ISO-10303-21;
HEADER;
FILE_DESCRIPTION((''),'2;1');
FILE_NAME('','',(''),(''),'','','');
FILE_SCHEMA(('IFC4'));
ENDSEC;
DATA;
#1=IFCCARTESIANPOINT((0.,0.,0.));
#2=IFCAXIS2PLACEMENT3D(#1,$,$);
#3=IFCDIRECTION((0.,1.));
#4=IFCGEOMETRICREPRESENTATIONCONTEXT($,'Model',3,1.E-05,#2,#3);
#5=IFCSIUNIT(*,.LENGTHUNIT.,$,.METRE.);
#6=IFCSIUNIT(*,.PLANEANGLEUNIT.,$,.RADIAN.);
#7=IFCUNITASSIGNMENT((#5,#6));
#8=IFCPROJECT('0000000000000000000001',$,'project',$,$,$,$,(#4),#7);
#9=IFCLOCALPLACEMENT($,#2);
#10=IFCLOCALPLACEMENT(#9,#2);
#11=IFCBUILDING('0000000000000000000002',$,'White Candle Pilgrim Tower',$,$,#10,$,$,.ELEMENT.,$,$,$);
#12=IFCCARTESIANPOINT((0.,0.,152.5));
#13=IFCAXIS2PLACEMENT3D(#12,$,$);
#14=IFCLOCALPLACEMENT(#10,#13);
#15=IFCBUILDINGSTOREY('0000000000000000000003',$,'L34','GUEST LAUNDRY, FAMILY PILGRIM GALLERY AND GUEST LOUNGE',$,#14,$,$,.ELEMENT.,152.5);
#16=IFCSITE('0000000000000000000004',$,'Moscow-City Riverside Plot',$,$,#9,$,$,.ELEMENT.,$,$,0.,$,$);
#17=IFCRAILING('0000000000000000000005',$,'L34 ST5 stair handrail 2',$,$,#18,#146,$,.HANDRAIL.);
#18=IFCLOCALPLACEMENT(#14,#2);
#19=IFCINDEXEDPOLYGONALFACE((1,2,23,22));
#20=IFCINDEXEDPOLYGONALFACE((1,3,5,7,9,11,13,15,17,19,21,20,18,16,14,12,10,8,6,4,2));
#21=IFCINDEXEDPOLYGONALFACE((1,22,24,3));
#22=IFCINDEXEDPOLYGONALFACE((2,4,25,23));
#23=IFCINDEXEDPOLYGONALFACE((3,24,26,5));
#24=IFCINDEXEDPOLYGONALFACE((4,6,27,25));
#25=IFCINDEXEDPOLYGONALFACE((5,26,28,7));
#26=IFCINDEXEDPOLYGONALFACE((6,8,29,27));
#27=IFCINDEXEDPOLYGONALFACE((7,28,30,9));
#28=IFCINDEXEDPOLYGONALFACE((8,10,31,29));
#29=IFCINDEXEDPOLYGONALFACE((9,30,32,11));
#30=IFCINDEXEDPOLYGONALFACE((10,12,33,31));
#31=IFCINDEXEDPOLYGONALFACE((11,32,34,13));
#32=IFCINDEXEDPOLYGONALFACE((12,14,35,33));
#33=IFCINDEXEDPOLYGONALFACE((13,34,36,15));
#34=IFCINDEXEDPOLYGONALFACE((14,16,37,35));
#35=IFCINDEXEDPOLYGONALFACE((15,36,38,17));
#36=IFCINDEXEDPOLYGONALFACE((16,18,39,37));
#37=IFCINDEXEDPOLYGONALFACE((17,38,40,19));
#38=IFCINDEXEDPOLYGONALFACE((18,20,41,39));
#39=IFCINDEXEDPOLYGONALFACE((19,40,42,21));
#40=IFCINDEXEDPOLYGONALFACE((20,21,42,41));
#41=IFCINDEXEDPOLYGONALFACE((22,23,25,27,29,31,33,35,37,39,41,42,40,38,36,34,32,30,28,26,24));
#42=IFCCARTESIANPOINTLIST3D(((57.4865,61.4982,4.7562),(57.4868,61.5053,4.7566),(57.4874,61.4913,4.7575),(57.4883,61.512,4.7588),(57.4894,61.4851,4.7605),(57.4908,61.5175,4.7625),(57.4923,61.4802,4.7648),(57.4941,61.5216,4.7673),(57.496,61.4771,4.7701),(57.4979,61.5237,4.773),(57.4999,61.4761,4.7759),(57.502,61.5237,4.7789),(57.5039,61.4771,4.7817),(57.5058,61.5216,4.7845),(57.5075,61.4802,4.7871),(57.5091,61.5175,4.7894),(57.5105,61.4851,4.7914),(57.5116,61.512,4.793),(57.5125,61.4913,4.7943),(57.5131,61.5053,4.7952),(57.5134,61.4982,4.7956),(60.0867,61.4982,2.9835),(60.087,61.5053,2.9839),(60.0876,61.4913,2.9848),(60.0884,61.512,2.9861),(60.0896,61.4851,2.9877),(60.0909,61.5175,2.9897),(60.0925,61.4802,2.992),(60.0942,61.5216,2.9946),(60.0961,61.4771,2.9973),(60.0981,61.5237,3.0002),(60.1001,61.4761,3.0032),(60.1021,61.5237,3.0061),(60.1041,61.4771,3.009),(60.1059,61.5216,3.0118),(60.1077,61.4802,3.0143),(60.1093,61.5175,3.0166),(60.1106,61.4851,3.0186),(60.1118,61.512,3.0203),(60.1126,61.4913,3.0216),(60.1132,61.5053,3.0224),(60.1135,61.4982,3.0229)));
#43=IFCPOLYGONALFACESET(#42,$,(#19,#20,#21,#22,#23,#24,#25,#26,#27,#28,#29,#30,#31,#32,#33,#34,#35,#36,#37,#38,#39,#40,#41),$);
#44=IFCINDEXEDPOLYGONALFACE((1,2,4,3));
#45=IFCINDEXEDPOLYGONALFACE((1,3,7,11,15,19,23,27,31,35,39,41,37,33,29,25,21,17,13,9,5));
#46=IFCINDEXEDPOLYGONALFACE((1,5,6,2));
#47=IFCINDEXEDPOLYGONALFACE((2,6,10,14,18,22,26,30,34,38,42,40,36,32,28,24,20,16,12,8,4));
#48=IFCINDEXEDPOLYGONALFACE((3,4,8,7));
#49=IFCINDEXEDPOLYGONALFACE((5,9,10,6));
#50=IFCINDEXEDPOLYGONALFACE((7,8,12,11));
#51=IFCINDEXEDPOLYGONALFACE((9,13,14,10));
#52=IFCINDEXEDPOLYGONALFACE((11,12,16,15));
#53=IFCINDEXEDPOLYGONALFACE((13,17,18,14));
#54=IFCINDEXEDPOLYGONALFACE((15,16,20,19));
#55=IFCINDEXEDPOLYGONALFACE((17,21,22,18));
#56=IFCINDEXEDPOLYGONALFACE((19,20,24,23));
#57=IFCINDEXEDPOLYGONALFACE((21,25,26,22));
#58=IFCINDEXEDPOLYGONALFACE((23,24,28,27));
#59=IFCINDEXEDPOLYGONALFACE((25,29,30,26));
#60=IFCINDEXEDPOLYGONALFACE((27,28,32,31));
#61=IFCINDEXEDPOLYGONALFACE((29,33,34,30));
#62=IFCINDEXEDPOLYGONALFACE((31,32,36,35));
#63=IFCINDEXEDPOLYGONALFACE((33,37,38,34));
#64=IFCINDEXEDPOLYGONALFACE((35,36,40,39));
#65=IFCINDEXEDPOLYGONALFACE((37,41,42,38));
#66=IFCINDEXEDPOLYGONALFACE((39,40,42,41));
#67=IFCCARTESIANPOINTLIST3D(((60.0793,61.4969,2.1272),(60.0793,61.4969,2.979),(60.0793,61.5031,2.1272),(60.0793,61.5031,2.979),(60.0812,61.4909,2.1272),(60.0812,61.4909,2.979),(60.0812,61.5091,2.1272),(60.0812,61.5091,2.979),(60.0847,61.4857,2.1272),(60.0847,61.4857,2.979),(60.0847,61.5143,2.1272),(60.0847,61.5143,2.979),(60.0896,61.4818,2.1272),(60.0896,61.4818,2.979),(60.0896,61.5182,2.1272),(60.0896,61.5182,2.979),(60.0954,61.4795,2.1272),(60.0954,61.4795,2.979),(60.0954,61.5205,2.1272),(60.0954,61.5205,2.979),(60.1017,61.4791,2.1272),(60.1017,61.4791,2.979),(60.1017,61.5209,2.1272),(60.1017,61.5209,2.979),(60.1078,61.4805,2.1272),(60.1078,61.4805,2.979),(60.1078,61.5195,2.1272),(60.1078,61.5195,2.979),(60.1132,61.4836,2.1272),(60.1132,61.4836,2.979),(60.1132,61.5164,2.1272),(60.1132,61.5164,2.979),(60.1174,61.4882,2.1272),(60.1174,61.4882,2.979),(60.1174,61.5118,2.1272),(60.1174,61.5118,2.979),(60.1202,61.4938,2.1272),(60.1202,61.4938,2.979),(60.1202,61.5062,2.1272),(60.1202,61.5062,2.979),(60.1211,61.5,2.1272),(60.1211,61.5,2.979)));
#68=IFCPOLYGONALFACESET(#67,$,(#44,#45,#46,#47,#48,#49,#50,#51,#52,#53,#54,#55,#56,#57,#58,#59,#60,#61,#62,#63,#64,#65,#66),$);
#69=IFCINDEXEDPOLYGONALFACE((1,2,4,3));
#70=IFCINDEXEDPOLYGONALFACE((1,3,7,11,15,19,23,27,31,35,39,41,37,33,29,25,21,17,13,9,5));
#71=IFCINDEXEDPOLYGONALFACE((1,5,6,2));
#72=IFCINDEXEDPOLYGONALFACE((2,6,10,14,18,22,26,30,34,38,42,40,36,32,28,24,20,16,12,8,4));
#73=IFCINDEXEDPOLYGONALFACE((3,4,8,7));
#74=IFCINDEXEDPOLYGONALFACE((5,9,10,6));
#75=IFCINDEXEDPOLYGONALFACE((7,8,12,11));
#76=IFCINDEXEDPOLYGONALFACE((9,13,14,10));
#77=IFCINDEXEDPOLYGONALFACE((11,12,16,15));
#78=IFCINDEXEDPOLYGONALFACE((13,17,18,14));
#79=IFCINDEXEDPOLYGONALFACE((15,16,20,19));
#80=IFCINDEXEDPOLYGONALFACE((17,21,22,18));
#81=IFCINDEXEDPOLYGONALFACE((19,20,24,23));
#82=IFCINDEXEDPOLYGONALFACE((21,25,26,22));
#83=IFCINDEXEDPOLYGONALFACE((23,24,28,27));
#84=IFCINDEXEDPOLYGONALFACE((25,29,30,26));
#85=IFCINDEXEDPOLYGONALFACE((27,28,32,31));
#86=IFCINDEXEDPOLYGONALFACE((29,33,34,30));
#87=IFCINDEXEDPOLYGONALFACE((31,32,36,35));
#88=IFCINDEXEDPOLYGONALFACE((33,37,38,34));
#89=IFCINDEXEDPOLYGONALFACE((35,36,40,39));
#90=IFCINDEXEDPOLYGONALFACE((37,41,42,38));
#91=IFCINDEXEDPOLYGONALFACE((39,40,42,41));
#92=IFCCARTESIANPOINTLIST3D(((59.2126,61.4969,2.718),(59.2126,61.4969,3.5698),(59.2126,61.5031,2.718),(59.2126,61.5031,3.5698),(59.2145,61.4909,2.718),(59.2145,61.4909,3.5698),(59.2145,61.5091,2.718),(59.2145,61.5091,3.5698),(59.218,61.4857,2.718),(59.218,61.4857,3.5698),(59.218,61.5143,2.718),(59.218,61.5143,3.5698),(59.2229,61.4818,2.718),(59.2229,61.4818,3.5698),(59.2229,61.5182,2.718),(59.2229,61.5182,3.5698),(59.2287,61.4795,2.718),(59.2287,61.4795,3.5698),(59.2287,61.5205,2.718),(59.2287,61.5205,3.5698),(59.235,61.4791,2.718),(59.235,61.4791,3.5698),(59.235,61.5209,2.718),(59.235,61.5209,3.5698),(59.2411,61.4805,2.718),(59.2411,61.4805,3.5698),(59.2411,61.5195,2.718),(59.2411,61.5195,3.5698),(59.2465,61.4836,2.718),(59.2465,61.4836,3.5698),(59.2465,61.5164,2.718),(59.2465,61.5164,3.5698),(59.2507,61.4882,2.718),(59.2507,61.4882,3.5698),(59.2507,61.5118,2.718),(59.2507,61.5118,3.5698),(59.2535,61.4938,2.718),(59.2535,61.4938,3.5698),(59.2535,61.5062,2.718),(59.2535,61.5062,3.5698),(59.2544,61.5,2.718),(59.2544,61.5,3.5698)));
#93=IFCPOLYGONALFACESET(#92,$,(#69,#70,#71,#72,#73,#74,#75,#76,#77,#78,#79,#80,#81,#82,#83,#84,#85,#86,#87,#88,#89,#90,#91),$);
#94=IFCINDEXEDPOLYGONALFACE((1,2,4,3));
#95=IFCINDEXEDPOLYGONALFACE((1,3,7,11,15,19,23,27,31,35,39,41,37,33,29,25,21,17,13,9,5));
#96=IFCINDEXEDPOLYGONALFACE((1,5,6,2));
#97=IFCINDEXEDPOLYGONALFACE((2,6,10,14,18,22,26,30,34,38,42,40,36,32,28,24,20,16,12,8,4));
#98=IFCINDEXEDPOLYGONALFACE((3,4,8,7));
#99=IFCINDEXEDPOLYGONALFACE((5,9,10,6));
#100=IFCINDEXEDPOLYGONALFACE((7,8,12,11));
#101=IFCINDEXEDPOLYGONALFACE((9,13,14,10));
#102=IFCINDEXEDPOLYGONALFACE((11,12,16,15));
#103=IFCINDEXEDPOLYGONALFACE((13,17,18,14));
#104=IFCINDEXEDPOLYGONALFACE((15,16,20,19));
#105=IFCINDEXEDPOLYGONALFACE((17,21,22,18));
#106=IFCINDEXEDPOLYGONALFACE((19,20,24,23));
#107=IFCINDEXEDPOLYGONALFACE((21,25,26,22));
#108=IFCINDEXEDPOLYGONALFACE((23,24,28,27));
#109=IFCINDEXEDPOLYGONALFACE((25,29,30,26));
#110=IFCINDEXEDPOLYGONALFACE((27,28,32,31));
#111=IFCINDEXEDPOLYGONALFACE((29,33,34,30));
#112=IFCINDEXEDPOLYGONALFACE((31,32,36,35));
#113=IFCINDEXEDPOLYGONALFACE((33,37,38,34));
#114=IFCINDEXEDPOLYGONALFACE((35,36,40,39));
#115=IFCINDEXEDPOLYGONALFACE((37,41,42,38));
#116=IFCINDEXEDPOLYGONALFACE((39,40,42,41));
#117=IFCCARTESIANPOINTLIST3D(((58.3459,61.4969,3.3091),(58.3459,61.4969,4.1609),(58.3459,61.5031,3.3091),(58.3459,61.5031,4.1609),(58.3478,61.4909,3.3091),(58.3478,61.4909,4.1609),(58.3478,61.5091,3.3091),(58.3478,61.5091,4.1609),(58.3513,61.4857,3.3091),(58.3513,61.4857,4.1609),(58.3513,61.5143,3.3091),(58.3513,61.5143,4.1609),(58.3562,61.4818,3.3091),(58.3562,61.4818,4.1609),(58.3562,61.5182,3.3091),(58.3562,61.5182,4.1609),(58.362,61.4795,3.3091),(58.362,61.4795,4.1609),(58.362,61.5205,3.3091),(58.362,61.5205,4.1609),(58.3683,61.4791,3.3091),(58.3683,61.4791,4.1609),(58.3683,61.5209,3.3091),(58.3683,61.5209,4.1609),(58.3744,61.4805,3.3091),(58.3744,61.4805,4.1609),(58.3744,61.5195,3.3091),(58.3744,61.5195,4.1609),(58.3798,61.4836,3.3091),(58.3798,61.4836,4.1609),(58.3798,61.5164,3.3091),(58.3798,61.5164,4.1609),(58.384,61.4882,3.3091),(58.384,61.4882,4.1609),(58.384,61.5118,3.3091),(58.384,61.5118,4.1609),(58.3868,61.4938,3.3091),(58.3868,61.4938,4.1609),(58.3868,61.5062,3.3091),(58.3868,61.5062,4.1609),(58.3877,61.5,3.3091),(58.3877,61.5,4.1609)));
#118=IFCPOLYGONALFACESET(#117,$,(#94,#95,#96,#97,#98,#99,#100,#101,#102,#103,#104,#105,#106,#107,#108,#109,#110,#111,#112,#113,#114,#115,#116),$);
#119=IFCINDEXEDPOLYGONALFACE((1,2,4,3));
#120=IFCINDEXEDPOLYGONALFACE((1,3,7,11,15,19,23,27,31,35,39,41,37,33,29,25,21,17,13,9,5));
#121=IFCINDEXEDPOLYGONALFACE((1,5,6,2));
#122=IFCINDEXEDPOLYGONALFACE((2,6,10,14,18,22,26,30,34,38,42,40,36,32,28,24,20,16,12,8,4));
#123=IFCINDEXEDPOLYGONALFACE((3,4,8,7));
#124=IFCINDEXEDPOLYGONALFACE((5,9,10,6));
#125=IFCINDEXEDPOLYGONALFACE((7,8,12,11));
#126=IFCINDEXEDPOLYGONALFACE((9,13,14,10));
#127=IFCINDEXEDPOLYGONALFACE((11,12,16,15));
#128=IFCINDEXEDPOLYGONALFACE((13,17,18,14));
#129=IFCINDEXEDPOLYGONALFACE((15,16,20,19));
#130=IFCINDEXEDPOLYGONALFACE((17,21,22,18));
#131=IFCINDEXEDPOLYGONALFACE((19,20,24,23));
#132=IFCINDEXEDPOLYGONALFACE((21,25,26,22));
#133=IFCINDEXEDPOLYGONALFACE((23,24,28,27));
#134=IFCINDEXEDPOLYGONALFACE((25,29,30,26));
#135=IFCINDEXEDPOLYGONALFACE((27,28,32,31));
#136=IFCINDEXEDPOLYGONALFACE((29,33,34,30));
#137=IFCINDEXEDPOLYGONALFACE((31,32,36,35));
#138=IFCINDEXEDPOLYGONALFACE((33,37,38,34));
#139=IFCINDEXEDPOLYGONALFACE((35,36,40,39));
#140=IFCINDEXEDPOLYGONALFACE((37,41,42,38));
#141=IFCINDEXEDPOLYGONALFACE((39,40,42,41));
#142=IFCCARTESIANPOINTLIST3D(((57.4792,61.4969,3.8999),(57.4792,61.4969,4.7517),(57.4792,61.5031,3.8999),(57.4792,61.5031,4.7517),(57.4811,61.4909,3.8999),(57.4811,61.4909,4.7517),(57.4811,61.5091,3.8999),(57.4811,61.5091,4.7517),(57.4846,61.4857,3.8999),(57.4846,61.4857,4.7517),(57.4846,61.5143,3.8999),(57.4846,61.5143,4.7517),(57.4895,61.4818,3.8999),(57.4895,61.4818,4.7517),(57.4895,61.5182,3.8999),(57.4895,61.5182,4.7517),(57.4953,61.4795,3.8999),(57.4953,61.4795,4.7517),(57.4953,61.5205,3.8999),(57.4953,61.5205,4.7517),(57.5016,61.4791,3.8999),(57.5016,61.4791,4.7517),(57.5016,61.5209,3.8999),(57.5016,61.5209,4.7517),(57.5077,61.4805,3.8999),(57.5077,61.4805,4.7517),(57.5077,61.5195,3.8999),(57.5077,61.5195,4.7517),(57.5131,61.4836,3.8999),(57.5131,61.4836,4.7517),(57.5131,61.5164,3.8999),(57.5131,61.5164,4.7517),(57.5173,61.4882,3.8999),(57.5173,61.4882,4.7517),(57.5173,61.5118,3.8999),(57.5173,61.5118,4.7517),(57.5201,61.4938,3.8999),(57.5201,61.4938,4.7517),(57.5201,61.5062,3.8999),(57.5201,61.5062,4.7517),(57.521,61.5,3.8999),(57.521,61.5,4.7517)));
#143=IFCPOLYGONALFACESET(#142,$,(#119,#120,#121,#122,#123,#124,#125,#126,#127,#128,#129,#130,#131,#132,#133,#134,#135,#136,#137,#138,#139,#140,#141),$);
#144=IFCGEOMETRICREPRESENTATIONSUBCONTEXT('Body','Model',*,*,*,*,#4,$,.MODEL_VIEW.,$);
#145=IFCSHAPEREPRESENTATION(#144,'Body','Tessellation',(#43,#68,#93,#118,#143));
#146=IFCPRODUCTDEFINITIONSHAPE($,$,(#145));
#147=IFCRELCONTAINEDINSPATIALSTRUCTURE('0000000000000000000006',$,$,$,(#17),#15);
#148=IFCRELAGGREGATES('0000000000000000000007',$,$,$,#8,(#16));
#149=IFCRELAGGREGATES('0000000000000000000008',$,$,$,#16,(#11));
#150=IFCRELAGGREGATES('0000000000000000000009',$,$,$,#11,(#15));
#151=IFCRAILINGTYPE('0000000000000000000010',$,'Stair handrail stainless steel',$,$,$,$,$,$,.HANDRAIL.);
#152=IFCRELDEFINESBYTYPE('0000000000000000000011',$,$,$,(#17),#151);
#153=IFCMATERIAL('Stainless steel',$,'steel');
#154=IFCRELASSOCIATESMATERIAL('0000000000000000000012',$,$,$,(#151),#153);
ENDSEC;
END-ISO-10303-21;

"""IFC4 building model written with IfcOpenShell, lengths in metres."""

from ifc_helpers import new_model, si_unit, direction, frame, origin, origin_2d, place, context, subcontext, project, spatial, circle, extrude, material, type_object, element, save


model = new_model("IFC4")

# Units and contexts
model_context = context("Model", 3, precision=1e-05, world=origin(), true_north=direction((0.0, 1.0)))
body_context = subcontext(model_context, "Body", "Model", "MODEL_VIEW")
ifc_project = project(units=[si_unit("LENGTHUNIT", "METRE"), si_unit("PLANEANGLEUNIT", "RADIAN")], contexts=[model_context])

# Site, building, storey
site_placement = place(None, origin())
site = spatial("IfcSite", under=ifc_project, at=site_placement, Name="Moscow-City Riverside Plot", CompositionType="ELEMENT", RefElevation=0.0)
building_placement = place(site_placement, origin())
building = spatial("IfcBuilding", under=site, at=building_placement, Name="White Candle Pilgrim Tower", CompositionType="ELEMENT")
storey_placement = place(building_placement, frame((0.0, 0.0, 152.5)))
storey = spatial("IfcBuildingStorey", under=building, at=storey_placement, Name="L34", Description="GUEST LAUNDRY, FAMILY PILGRIM GALLERY AND GUEST LOUNGE", CompositionType="ELEMENT", Elevation=152.5)

# Railing
ifc_material_1 = material(Name="Stainless steel", Category="steel")
railing_type_1 = type_object("IfcRailingType", Name="Stair handrail stainless steel", PredefinedType="HANDRAIL", material=ifc_material_1)
railing_1_placement = place(storey_placement, frame((60.1001, 61.5, 2.1272)))
element("IfcRailing", 1, at=railing_1_placement, inside=storey, type_object=railing_type_1, Name="L34 ST5 stair handrail 2", PredefinedType="HANDRAIL", context=body_context, shape_type="SweptSolid", body=[
    extrude(circle(Radius=0.0239, at=origin_2d()), frame((0.0, 0.0, 0.876), z_axis=(-0.82624, 0.0, 0.563318), x_axis=(0.0, -1.0, 0.0)), (0.0, 0.0, 1.0), 3.147),
    extrude(circle(Radius=0.021, at=origin_2d()), origin(), (0.0, 0.0, 1.0), 0.8518),
    extrude(circle(Radius=0.021, at=origin_2d()), frame((-0.8667, 0.0, 0.5908)), (0.0, 0.0, 1.0), 0.8518),
    extrude(circle(Radius=0.021, at=origin_2d()), frame((-1.7334, 0.0, 1.1819)), (0.0, 0.0, 1.0), 0.8518),
    extrude(circle(Radius=0.021, at=origin_2d()), frame((-2.6001, 0.0, 1.7727)), (0.0, 0.0, 1.0), 0.8518),
])

save(model, "model.ifc")
